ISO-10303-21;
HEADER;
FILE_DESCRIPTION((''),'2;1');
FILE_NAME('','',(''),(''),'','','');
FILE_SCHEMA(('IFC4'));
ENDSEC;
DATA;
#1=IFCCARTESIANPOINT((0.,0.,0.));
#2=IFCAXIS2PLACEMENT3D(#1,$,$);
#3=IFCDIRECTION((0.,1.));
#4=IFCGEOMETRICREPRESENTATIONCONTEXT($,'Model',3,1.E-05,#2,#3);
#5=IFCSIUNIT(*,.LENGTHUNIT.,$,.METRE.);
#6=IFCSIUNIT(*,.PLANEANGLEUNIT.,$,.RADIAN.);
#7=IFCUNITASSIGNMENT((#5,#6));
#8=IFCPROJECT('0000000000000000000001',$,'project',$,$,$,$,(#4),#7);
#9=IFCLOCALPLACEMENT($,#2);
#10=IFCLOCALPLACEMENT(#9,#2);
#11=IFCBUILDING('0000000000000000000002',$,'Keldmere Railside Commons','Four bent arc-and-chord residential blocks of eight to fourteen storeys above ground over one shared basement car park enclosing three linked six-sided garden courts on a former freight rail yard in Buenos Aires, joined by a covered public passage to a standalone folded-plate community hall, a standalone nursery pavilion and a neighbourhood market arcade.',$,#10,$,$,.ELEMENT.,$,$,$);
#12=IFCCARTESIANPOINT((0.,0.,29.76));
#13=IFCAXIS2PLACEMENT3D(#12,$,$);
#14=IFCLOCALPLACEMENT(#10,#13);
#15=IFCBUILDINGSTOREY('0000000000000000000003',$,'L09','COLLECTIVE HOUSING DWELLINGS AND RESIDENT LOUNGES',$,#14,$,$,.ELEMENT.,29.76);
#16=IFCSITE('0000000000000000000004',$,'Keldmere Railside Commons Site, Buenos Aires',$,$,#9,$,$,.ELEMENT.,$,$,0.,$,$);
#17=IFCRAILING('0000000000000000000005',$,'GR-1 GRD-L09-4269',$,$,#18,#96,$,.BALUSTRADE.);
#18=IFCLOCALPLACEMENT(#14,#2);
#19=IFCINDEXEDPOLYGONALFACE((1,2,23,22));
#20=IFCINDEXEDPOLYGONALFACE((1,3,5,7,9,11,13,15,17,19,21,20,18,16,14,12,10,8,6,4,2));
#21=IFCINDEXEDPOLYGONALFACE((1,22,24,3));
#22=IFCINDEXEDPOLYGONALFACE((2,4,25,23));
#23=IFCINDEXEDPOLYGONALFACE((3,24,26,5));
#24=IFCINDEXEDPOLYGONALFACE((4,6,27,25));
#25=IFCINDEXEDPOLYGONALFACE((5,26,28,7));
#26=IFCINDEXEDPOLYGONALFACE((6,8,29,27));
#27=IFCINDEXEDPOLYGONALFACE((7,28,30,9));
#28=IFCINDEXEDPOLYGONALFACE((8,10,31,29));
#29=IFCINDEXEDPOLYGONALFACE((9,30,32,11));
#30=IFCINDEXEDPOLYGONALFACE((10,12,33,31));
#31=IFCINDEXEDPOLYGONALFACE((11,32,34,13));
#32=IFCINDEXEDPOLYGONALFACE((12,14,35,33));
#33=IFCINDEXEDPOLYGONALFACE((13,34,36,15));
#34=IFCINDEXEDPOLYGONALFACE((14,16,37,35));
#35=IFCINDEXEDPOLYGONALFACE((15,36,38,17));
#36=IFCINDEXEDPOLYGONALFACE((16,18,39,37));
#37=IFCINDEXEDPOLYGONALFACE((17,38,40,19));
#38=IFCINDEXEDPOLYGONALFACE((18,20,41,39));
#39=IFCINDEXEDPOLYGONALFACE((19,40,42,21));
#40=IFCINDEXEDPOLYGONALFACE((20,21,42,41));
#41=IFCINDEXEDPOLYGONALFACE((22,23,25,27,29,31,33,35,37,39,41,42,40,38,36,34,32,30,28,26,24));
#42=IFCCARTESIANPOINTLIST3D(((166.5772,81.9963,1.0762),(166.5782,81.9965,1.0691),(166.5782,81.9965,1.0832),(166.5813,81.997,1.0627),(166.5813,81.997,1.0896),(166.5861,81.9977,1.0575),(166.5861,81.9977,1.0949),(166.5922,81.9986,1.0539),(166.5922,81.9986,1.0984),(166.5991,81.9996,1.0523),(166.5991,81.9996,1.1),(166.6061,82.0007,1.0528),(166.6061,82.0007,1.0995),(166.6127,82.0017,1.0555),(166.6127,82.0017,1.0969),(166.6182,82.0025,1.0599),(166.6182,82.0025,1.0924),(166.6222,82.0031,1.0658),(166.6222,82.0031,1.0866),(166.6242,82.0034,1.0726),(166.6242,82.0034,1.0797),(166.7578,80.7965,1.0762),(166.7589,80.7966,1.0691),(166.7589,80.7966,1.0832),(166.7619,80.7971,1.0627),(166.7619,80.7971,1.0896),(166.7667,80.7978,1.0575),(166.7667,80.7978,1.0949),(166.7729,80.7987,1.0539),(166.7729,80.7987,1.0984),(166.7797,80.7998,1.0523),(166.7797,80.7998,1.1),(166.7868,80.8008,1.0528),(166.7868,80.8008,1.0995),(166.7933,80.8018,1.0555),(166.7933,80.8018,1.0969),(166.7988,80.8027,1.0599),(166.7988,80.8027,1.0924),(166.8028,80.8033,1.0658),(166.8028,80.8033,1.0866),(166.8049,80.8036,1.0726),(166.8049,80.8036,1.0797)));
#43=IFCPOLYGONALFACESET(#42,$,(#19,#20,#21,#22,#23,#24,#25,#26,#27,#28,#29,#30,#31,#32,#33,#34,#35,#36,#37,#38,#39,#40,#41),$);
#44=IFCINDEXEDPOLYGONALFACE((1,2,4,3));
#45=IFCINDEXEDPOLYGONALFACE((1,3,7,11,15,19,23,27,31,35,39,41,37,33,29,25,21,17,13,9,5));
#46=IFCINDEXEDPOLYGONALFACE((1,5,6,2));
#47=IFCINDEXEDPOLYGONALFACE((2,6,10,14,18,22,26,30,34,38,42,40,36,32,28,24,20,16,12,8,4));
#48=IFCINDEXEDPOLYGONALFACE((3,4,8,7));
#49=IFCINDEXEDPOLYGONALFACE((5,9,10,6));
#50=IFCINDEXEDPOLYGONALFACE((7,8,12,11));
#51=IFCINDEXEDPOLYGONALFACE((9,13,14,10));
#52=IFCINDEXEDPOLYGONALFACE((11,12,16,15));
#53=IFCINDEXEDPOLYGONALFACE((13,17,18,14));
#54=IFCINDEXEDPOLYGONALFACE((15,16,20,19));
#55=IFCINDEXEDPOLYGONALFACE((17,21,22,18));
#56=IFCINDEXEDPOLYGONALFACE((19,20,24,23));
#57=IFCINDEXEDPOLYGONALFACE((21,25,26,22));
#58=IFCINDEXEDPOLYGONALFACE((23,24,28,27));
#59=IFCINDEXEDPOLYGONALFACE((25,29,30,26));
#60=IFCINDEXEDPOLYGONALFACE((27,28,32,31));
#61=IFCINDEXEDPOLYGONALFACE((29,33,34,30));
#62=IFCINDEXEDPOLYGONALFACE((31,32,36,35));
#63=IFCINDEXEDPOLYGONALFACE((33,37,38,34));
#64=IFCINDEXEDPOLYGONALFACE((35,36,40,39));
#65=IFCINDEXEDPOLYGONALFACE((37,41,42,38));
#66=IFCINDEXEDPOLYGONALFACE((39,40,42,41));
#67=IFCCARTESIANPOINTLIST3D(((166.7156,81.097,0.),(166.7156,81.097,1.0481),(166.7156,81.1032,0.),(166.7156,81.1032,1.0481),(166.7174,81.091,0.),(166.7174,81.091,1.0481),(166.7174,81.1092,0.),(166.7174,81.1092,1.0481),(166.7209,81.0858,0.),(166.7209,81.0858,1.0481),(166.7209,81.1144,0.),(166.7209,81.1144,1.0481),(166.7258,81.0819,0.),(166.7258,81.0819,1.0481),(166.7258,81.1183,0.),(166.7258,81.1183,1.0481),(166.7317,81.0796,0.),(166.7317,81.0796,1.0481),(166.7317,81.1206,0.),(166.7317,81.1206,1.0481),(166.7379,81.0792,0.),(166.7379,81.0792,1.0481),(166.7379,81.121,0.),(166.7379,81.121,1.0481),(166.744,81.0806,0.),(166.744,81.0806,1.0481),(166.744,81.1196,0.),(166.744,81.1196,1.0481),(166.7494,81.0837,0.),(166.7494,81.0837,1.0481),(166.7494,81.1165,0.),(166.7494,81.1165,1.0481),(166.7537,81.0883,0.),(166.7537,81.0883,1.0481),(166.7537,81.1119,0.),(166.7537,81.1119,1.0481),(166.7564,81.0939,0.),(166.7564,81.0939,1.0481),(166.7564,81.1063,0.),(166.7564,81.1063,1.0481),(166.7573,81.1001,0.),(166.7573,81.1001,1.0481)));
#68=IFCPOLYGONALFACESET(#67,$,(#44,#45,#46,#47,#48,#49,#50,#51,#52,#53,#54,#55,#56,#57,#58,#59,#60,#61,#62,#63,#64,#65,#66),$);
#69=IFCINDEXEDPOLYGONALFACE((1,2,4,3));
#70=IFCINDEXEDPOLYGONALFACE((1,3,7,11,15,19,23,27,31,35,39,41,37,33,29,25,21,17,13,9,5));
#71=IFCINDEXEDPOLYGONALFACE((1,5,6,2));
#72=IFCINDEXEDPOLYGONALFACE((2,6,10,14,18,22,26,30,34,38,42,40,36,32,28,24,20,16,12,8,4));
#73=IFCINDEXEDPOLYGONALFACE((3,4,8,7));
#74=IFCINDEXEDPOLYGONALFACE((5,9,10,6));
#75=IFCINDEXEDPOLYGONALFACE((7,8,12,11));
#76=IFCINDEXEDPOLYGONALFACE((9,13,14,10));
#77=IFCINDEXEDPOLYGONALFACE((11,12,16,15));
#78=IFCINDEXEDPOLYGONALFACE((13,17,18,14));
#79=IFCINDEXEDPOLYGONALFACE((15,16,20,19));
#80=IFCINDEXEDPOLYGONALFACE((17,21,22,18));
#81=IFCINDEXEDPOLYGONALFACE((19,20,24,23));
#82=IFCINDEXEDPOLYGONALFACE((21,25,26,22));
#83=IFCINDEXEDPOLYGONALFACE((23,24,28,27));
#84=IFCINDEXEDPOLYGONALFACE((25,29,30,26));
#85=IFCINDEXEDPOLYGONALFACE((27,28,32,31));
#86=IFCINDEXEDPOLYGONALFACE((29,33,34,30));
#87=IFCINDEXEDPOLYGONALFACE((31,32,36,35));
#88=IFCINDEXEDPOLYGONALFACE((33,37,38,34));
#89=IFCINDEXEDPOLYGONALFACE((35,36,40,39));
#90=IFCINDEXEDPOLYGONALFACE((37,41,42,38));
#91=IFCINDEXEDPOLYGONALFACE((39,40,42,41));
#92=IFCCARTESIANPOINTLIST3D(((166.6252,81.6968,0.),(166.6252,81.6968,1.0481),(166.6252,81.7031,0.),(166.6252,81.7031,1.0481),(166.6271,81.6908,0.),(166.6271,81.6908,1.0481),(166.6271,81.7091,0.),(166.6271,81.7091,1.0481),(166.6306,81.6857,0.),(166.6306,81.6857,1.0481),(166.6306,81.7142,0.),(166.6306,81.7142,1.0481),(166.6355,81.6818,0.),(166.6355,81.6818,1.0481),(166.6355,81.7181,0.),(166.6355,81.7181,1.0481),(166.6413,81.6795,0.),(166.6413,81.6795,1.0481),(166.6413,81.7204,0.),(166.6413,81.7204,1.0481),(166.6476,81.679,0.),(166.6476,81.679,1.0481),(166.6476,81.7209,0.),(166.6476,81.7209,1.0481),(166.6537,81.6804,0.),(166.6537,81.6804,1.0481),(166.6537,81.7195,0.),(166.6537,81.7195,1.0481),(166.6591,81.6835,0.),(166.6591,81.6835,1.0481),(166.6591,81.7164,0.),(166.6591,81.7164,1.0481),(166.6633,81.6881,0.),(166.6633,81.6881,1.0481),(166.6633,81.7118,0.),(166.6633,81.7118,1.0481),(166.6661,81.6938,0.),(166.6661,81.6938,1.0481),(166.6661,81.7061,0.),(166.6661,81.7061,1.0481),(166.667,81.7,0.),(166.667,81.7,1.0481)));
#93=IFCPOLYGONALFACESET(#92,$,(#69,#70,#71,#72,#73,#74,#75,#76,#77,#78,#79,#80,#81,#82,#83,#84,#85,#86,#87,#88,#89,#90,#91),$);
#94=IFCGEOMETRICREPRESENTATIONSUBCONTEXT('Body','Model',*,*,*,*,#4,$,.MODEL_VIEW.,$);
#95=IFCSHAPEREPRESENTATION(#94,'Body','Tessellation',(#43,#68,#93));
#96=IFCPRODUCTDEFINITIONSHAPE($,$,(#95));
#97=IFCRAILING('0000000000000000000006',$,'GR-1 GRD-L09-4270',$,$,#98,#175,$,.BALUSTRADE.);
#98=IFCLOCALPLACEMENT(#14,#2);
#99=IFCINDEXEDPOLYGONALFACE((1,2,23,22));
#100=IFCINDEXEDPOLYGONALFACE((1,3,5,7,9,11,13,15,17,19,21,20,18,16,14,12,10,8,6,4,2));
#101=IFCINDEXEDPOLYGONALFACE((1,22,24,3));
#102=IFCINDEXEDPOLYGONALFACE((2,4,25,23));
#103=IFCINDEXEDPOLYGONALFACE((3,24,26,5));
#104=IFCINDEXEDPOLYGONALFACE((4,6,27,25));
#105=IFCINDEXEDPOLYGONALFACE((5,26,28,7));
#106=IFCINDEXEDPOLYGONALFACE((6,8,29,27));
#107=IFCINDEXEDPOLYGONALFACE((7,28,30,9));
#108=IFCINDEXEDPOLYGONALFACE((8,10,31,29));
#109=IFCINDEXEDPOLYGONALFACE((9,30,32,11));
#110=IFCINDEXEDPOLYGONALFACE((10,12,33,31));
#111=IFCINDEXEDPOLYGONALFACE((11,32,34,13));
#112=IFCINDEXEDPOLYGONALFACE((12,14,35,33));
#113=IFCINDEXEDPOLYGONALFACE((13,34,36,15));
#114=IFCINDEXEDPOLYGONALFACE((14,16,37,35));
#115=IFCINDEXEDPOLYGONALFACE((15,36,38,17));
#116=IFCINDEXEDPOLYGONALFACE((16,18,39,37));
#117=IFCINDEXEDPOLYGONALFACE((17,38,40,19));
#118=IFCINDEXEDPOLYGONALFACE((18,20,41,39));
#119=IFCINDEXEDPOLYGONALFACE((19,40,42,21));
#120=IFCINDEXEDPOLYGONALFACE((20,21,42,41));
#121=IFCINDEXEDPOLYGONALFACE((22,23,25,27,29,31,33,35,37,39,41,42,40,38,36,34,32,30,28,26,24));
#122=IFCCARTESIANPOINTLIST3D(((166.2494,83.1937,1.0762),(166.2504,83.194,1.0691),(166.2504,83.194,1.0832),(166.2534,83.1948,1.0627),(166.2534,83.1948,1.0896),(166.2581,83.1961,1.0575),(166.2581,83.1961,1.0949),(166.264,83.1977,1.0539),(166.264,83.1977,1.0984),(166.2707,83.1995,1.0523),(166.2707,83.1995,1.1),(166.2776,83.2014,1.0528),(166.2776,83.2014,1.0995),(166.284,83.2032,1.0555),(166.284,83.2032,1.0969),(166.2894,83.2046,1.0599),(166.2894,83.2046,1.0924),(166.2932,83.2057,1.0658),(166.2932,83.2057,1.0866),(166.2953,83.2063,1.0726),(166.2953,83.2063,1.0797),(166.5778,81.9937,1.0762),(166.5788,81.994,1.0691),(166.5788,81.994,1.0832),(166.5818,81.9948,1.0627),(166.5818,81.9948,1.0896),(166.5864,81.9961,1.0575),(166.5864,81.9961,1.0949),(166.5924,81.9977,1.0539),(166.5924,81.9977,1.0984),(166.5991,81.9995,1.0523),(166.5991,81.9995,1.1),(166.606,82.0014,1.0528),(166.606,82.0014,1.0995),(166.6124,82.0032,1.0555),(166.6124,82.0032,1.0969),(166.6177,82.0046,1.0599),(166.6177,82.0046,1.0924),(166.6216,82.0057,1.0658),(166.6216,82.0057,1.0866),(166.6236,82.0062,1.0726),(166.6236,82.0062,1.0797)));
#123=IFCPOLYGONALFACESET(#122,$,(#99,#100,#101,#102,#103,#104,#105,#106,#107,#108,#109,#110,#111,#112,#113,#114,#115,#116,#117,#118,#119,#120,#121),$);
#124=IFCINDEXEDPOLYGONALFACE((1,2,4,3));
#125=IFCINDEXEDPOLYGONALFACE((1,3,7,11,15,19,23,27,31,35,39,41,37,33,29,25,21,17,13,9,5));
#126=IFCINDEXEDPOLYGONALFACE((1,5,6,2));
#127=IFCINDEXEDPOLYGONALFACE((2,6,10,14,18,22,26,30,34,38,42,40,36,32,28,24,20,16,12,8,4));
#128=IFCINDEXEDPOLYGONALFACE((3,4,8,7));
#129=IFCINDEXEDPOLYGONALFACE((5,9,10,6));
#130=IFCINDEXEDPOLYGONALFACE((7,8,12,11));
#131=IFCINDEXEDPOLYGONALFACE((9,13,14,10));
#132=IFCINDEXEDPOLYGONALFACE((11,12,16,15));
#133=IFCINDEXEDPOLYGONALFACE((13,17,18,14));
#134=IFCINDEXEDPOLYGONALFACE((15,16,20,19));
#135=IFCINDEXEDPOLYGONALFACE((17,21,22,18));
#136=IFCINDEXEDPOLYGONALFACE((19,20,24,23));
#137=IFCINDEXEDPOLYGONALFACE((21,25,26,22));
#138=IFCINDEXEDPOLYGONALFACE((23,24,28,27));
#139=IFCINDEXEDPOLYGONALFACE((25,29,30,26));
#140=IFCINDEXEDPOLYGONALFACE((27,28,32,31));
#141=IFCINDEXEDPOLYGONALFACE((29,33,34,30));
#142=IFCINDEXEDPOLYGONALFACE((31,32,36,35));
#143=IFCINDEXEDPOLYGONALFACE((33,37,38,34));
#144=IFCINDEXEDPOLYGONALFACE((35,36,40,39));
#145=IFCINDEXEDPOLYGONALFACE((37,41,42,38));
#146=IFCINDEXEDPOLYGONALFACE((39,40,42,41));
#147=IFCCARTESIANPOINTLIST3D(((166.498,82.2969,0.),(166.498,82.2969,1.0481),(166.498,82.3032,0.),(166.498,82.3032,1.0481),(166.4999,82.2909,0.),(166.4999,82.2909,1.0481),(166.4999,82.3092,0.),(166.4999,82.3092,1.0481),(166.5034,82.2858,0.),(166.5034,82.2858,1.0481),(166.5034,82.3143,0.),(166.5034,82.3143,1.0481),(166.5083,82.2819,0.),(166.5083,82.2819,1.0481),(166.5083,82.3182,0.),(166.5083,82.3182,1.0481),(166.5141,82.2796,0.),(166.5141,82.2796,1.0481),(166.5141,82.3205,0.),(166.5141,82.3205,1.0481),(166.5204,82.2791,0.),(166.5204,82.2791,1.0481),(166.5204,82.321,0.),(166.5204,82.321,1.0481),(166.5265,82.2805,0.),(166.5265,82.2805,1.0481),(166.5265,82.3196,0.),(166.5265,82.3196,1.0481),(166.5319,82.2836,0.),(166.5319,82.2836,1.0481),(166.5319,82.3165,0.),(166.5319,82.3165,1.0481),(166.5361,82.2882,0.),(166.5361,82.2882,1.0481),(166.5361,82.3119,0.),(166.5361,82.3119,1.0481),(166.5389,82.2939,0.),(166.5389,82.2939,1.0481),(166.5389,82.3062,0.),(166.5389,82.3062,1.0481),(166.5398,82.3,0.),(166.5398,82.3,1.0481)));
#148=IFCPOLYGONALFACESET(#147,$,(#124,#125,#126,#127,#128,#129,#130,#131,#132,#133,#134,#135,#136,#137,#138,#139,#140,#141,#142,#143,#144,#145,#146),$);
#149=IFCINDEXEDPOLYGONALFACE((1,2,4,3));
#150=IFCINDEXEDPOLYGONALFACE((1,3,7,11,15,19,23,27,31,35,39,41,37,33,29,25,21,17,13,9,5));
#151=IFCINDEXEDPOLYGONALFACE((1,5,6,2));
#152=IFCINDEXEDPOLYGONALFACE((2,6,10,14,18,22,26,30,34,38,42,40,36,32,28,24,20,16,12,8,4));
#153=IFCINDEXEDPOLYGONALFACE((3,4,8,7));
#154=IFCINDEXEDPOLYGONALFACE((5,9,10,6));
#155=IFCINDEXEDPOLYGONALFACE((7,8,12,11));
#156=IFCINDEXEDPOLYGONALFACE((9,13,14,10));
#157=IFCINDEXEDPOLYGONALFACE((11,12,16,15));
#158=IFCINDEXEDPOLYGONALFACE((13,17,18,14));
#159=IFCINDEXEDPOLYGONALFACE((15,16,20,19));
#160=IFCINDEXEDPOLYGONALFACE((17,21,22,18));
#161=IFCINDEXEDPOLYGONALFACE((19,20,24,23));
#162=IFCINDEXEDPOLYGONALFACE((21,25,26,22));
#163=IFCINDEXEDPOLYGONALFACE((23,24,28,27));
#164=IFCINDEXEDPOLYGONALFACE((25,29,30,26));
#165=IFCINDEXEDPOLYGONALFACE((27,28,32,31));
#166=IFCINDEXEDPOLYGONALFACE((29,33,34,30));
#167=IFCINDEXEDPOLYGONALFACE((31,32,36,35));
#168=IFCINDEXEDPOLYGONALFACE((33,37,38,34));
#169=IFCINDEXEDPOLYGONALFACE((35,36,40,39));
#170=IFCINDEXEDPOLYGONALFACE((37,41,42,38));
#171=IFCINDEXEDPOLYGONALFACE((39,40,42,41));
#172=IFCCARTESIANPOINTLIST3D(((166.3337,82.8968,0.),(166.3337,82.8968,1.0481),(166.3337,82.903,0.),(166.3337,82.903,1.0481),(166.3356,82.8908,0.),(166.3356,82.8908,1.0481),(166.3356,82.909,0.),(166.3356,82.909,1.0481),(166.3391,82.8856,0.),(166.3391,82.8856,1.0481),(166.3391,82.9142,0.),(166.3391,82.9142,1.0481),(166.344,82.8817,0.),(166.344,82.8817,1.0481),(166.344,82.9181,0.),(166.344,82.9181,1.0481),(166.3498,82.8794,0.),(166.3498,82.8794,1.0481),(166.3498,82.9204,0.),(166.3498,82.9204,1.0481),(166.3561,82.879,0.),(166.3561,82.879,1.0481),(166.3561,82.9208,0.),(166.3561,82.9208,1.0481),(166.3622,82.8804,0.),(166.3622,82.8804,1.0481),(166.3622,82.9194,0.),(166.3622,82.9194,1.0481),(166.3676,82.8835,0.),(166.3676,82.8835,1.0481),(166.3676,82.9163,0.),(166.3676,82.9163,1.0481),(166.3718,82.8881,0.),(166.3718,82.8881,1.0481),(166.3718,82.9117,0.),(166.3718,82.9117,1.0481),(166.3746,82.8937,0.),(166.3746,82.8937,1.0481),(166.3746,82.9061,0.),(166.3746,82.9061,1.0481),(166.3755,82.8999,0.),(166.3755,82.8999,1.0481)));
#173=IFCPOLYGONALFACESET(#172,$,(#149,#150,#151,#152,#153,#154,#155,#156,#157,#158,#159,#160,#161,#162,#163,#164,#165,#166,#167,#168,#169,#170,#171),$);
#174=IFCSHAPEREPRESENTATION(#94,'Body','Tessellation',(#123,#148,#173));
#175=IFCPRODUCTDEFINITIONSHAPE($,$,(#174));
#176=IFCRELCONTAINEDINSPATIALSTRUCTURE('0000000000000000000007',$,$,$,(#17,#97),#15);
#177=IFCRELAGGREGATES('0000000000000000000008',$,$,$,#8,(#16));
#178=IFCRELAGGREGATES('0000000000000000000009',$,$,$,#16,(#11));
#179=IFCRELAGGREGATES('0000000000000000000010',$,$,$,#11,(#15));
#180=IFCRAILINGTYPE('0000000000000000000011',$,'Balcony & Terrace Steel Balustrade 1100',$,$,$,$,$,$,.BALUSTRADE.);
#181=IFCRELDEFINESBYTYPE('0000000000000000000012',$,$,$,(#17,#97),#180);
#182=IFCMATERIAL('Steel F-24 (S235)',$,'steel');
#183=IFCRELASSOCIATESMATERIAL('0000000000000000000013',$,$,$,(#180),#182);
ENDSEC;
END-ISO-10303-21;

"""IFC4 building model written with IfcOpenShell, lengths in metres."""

from ifc_helpers import new_model, si_unit, direction, frame, origin, origin_2d, place, context, subcontext, project, spatial, circle, extrude, material, type_object, element, save


model = new_model("IFC4")

# Units and contexts
model_context = context("Model", 3, precision=1e-05, world=origin(), true_north=direction((0.0, 1.0)))
body_context = subcontext(model_context, "Body", "Model", "MODEL_VIEW")
ifc_project = project(units=[si_unit("LENGTHUNIT", "METRE"), si_unit("PLANEANGLEUNIT", "RADIAN")], contexts=[model_context])

# Site, building, storey
site_placement = place(None, origin())
site = spatial("IfcSite", under=ifc_project, at=site_placement, Name="Keldmere Railside Commons Site, Buenos Aires", CompositionType="ELEMENT", RefElevation=0.0)
building_placement = place(site_placement, origin())
building = spatial("IfcBuilding", under=site, at=building_placement, Name="Keldmere Railside Commons", Description="Four bent arc-and-chord residential blocks of eight to fourteen storeys above ground over one shared basement car park enclosing three linked six-sided garden courts on a former freight rail yard in Buenos Aires, joined by a covered public passage to a standalone folded-plate community hall, a standalone nursery pavilion and a neighbourhood market arcade.", CompositionType="ELEMENT")
storey_placement = place(building_placement, frame((0.0, 0.0, 29.76)))
storey = spatial("IfcBuildingStorey", under=building, at=storey_placement, Name="L09", Description="COLLECTIVE HOUSING DWELLINGS AND RESIDENT LOUNGES", CompositionType="ELEMENT", Elevation=29.76)

# Railings
ifc_material_1 = material(Name="Steel F-24 (S235)", Category="steel")
railing_type = type_object("IfcRailingType", Name="Balcony & Terrace Steel Balustrade 1100", PredefinedType="BALUSTRADE", material=ifc_material_1)
railing_1_placement = place(storey_placement, frame((166.7815, 80.8, 0.0)))
element("IfcRailing", 1, at=railing_1_placement, inside=storey, type_object=railing_type, Name="GR-1 GRD-L09-4269", PredefinedType="BALUSTRADE", context=body_context, shape_type="SweptSolid", body=[
    extrude(circle(Radius=0.0239, at=origin_2d()), frame((0.0, 0.0, 1.0762), z_axis=(-0.148882, 0.988855, 0.0), x_axis=(-0.988855, -0.148882, 0.0)), (0.0, 0.0, 1.0), 1.2134),
    extrude(circle(Radius=0.021, at=origin_2d()), frame((-0.0452, 0.3, 0.0)), (0.0, 0.0, 1.0), 1.0481),
    extrude(circle(Radius=0.021, at=origin_2d()), frame((-0.1355, 0.8999, 0.0)), (0.0, 0.0, 1.0), 1.0481),
])
railing_2_placement = place(storey_placement, frame((166.6008, 82.0, 0.0)))
element("IfcRailing", 2, at=railing_2_placement, inside=storey, type_object=railing_type, Name="GR-1 GRD-L09-4270", PredefinedType="BALUSTRADE", context=body_context, shape_type="SweptSolid", body=[
    extrude(circle(Radius=0.0239, at=origin_2d()), frame((0.0, 0.0, 1.0762), z_axis=(-0.263948, 0.964537, 0.0), x_axis=(-0.964537, -0.263948, 0.0)), (0.0, 0.0, 1.0), 1.2441),
    extrude(circle(Radius=0.021, at=origin_2d()), frame((-0.082, 0.3, 0.0)), (0.0, 0.0, 1.0), 1.0481),
    extrude(circle(Radius=0.021, at=origin_2d()), frame((-0.2463, 0.8999, 0.0)), (0.0, 0.0, 1.0), 1.0481),
])

save(model, "model.ifc")
